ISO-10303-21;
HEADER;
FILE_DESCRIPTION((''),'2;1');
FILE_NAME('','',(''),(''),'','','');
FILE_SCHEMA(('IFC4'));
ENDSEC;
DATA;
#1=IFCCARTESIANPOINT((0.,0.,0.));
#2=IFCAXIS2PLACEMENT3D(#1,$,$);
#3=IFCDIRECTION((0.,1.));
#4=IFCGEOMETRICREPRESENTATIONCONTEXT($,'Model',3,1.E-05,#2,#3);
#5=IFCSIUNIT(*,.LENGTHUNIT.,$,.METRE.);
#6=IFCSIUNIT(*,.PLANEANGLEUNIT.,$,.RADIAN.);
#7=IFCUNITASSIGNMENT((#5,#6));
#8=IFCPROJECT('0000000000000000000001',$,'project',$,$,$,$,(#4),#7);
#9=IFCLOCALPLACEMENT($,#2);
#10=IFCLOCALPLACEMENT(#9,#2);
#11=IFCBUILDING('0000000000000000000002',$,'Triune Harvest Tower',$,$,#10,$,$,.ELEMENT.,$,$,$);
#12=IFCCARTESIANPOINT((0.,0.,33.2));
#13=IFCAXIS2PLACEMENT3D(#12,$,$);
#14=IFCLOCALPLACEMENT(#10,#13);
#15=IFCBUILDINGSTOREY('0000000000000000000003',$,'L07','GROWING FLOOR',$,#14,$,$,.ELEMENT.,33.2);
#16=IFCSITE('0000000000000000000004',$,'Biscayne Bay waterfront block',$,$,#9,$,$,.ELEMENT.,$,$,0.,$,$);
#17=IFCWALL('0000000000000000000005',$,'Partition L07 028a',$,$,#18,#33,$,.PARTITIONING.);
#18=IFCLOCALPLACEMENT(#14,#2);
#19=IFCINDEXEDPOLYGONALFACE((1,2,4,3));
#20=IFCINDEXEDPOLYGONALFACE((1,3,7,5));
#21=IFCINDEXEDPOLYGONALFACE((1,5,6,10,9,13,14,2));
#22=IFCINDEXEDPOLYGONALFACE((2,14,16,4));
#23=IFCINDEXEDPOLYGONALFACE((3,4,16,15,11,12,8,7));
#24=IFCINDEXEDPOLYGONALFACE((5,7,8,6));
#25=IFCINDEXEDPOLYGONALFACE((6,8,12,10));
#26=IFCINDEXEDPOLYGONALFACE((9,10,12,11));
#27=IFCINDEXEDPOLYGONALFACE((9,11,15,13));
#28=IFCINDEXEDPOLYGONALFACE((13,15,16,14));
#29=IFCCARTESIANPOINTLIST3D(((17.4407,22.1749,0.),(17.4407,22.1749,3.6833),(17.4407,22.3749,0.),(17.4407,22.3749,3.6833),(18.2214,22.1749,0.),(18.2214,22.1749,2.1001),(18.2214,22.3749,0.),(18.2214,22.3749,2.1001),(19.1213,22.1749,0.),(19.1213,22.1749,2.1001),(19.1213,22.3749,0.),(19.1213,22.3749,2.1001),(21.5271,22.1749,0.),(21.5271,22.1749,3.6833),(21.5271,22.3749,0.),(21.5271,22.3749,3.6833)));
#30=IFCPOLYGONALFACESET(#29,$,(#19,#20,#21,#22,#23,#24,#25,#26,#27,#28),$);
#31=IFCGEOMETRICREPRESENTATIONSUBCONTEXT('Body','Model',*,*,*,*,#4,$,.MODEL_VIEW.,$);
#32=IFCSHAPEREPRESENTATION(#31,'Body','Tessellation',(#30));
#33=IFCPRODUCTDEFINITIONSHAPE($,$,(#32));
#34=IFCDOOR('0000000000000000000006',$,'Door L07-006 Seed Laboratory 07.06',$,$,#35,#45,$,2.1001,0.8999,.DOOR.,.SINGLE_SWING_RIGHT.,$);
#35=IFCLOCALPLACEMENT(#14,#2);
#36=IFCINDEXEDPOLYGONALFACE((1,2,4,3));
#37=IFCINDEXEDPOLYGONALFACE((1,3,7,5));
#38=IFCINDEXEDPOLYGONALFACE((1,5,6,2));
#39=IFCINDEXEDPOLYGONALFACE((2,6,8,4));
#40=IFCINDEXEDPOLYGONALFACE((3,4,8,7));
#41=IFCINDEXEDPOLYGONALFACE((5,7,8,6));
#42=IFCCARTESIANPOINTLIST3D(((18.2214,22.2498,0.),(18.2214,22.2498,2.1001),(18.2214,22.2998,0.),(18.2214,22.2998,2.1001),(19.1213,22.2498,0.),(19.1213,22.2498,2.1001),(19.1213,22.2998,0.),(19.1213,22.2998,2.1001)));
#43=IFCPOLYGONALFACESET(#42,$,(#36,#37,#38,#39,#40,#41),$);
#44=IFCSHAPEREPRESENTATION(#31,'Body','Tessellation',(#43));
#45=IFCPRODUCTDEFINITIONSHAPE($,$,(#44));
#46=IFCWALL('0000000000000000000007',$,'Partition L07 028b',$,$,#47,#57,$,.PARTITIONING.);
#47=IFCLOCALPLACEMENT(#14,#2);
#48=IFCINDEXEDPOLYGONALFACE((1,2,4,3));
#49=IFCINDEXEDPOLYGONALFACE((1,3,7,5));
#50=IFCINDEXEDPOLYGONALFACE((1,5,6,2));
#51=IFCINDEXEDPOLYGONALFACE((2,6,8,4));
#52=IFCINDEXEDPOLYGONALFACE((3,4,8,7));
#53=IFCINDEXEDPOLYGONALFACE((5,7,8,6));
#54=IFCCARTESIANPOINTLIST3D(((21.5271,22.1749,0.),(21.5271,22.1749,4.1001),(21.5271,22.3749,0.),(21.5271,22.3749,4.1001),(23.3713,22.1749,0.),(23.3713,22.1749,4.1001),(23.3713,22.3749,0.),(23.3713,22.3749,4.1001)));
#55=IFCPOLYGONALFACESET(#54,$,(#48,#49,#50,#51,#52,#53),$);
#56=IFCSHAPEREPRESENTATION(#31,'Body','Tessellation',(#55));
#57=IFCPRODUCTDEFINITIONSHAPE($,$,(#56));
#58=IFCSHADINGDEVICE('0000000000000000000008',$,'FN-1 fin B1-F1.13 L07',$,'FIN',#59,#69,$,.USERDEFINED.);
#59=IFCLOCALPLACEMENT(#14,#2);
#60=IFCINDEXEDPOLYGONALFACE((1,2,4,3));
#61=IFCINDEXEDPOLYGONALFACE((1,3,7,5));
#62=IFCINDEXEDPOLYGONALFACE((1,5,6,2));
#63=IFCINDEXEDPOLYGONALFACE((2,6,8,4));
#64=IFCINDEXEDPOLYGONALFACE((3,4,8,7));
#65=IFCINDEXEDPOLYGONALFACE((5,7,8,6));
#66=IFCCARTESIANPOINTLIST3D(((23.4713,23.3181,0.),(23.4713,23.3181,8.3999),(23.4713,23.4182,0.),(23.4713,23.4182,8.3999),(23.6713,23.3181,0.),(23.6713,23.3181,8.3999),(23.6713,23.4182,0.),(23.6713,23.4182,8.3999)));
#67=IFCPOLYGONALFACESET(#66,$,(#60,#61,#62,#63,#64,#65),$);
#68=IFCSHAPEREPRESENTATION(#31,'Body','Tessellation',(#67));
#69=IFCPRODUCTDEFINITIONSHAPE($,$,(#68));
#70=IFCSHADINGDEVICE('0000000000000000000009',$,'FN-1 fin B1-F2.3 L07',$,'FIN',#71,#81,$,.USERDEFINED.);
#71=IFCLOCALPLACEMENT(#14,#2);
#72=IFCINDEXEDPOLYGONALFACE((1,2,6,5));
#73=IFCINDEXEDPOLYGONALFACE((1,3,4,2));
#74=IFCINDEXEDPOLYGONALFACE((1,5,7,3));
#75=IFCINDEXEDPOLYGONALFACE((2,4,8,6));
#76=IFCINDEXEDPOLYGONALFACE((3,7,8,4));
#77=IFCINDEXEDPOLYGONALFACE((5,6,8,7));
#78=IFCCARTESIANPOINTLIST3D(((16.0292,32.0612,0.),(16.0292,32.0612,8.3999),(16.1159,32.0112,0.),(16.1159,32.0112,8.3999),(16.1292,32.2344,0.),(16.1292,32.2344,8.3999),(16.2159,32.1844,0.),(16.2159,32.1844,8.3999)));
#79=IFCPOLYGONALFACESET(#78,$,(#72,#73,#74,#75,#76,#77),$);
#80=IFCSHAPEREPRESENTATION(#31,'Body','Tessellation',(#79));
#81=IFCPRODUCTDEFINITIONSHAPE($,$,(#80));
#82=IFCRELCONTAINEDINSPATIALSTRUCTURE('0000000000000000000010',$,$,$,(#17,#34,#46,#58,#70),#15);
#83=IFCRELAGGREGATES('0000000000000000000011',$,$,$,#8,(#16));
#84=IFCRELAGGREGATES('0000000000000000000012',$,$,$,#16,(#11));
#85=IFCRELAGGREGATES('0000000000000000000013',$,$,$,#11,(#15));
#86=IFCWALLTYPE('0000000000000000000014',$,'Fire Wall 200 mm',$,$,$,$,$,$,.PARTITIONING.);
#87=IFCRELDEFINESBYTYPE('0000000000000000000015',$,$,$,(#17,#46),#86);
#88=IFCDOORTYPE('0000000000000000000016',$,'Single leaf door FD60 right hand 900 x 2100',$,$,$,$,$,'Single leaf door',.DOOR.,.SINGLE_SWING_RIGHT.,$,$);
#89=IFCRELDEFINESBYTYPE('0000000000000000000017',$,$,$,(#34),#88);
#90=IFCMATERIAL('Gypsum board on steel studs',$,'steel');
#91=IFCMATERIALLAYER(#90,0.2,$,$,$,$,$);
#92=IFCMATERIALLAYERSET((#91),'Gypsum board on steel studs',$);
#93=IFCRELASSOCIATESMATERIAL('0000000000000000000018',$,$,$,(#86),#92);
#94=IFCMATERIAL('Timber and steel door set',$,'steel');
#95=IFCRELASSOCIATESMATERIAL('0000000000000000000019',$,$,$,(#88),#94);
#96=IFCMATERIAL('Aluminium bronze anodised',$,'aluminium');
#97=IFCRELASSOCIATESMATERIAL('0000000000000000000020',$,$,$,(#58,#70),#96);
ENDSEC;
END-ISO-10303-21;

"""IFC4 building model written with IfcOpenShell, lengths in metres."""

from ifc_helpers import new_model, si_unit, direction, frame, frame_2d, origin, origin_2d, place, context, subcontext, project, spatial, rectangle, extrude, source, transform, mapped, material, layer, layer_set, type_object, element, fill, save


model = new_model("IFC4")

# Units and contexts
model_context = context("Model", 3, precision=1e-05, world=origin(), true_north=direction((0.0, 1.0)))
body_context = subcontext(model_context, "Body", "Model", "MODEL_VIEW")
ifc_project = project(units=[si_unit("LENGTHUNIT", "METRE"), si_unit("PLANEANGLEUNIT", "RADIAN")], contexts=[model_context])

# Site, building, storey
site_placement = place(None, origin())
site = spatial("IfcSite", under=ifc_project, at=site_placement, Name="Biscayne Bay waterfront block", CompositionType="ELEMENT", RefElevation=0.0)
building_placement = place(site_placement, origin())
building = spatial("IfcBuilding", under=site, at=building_placement, Name="Triune Harvest Tower", CompositionType="ELEMENT")
storey_placement = place(building_placement, frame((0.0, 0.0, 33.2)))
storey = spatial("IfcBuildingStorey", under=building, at=storey_placement, Name="L07", Description="GROWING FLOOR", CompositionType="ELEMENT", Elevation=33.2)

# Shared definitions
ifc_material_1 = material(Name="Gypsum board on steel studs", Category="steel")
ifc_layer_1 = layer(ifc_material_1, 0.2)
ifc_layer_set_1 = layer_set([ifc_layer_1], Name="Gypsum board on steel studs")
wall_type = type_object("IfcWallType", Name="Fire Wall 200 mm", PredefinedType="PARTITIONING", material=ifc_layer_set_1)

# Wall, opening, door
shared_shape_1 = source(origin(), body_context, "Body", "SweptSolid", [
    extrude(rectangle(XDim=4.0864, YDim=0.2, at=frame_2d((2.0432, 0.0))), origin(), (0.0, 0.0, 1.0), 3.6833),
])
wall_1_placement = place(storey_placement, frame((17.4407, 22.2749, 0.0), z_axis=(0.0, 0.0, 1.0), x_axis=(1.0, 0.0, 0.0)))
wall_1 = element("IfcWall", 1, at=wall_1_placement, inside=storey, type_object=wall_type, Name="Partition L07 028a", PredefinedType="PARTITIONING", context=body_context, shape_type="MappedRepresentation", body=[
    mapped(shared_shape_1, transform((0.0, 0.0, 0.0), scale=1.0)),
])
opening_placement = place(wall_1_placement, frame((0.7808, 0.0, 0.0)))
opening = element("IfcOpeningElement", 2, at=opening_placement, cuts=wall_1, PredefinedType="OPENING", context=body_context, shape_type="SweptSolid", body=[
    extrude(rectangle(XDim=0.8999, YDim=2.1001, at=frame_2d((0.45, 1.05))), frame((0.0, 0.1099, 0.0), z_axis=(0.0, -1.0, 0.0), x_axis=(1.0, 0.0, 0.0)), (0.0, 0.0, 1.0), 0.22),
])
ifc_material_2 = material(Name="Timber and steel door set", Category="steel")
door_type = type_object("IfcDoorType", Name="Single leaf door FD60 right hand 900 x 2100", ElementType="Single leaf door", OperationType="SINGLE_SWING_RIGHT", PredefinedType="DOOR", material=ifc_material_2)
door_placement = place(opening_placement, origin())
door = element("IfcDoor", 3, at=door_placement, inside=storey, type_object=door_type, Name="Door L07-006 Seed Laboratory 07.06", OperationType="SINGLE_SWING_RIGHT", OverallHeight=2.1001, OverallWidth=0.8999, PredefinedType="DOOR", context=body_context, shape_type="SweptSolid", body=[
    extrude(rectangle(XDim=0.8999, YDim=2.1001, at=frame_2d((0.45, 1.05))), frame((0.0, 0.0249, 0.0), z_axis=(0.0, -1.0, 0.0), x_axis=(1.0, 0.0, 0.0)), (0.0, 0.0, 1.0), 0.05),
])
fill(opening, door)

# Wall
shared_shape_2 = source(origin(), body_context, "Body", "SweptSolid", [
    extrude(rectangle(XDim=1.8442, YDim=0.2, at=frame_2d((0.9221, 0.0))), origin(), (0.0, 0.0, 1.0), 4.1001),
])
wall_2_placement = place(storey_placement, frame((21.5271, 22.2749, 0.0), z_axis=(0.0, 0.0, 1.0), x_axis=(1.0, 0.0, 0.0)))
element("IfcWall", 4, at=wall_2_placement, inside=storey, type_object=wall_type, Name="Partition L07 028b", PredefinedType="PARTITIONING", context=body_context, shape_type="MappedRepresentation", body=[
    mapped(shared_shape_2, transform((0.0, 0.0, 0.0), scale=1.0)),
])

# Shading devices
ifc_material_3 = material(Name="Aluminium bronze anodised", Category="aluminium")
shared_shape_3 = source(origin(), body_context, "Body", "SweptSolid", [
    extrude(rectangle(XDim=0.1001, YDim=0.2, at=origin_2d()), origin(), (0.0, 0.0, 1.0), 8.3999),
])
for number, where, z_axis, x_axis, name in (
    (5, (23.5713, 23.3682, 0.0), (0.0, 0.0, 1.0), (0.0, 1.0, 0.0), "FN-1 fin B1-F1.13 L07"),
    (6, (16.1226, 32.1228, 0.0), (0.0, 0.0, 1.0), (-0.866026, 0.499999, 0.0), "FN-1 fin B1-F2.3 L07"),
):
    element("IfcShadingDevice", number, at=place(storey_placement, frame(where, z_axis=z_axis, x_axis=x_axis)), inside=storey, material=ifc_material_3, Name=name, ObjectType="FIN", PredefinedType="USERDEFINED", context=body_context, shape_type="MappedRepresentation", body=[
        mapped(shared_shape_3, transform((0.0, 0.0, 0.0), scale=1.0)),
    ])

save(model, "model.ifc")
